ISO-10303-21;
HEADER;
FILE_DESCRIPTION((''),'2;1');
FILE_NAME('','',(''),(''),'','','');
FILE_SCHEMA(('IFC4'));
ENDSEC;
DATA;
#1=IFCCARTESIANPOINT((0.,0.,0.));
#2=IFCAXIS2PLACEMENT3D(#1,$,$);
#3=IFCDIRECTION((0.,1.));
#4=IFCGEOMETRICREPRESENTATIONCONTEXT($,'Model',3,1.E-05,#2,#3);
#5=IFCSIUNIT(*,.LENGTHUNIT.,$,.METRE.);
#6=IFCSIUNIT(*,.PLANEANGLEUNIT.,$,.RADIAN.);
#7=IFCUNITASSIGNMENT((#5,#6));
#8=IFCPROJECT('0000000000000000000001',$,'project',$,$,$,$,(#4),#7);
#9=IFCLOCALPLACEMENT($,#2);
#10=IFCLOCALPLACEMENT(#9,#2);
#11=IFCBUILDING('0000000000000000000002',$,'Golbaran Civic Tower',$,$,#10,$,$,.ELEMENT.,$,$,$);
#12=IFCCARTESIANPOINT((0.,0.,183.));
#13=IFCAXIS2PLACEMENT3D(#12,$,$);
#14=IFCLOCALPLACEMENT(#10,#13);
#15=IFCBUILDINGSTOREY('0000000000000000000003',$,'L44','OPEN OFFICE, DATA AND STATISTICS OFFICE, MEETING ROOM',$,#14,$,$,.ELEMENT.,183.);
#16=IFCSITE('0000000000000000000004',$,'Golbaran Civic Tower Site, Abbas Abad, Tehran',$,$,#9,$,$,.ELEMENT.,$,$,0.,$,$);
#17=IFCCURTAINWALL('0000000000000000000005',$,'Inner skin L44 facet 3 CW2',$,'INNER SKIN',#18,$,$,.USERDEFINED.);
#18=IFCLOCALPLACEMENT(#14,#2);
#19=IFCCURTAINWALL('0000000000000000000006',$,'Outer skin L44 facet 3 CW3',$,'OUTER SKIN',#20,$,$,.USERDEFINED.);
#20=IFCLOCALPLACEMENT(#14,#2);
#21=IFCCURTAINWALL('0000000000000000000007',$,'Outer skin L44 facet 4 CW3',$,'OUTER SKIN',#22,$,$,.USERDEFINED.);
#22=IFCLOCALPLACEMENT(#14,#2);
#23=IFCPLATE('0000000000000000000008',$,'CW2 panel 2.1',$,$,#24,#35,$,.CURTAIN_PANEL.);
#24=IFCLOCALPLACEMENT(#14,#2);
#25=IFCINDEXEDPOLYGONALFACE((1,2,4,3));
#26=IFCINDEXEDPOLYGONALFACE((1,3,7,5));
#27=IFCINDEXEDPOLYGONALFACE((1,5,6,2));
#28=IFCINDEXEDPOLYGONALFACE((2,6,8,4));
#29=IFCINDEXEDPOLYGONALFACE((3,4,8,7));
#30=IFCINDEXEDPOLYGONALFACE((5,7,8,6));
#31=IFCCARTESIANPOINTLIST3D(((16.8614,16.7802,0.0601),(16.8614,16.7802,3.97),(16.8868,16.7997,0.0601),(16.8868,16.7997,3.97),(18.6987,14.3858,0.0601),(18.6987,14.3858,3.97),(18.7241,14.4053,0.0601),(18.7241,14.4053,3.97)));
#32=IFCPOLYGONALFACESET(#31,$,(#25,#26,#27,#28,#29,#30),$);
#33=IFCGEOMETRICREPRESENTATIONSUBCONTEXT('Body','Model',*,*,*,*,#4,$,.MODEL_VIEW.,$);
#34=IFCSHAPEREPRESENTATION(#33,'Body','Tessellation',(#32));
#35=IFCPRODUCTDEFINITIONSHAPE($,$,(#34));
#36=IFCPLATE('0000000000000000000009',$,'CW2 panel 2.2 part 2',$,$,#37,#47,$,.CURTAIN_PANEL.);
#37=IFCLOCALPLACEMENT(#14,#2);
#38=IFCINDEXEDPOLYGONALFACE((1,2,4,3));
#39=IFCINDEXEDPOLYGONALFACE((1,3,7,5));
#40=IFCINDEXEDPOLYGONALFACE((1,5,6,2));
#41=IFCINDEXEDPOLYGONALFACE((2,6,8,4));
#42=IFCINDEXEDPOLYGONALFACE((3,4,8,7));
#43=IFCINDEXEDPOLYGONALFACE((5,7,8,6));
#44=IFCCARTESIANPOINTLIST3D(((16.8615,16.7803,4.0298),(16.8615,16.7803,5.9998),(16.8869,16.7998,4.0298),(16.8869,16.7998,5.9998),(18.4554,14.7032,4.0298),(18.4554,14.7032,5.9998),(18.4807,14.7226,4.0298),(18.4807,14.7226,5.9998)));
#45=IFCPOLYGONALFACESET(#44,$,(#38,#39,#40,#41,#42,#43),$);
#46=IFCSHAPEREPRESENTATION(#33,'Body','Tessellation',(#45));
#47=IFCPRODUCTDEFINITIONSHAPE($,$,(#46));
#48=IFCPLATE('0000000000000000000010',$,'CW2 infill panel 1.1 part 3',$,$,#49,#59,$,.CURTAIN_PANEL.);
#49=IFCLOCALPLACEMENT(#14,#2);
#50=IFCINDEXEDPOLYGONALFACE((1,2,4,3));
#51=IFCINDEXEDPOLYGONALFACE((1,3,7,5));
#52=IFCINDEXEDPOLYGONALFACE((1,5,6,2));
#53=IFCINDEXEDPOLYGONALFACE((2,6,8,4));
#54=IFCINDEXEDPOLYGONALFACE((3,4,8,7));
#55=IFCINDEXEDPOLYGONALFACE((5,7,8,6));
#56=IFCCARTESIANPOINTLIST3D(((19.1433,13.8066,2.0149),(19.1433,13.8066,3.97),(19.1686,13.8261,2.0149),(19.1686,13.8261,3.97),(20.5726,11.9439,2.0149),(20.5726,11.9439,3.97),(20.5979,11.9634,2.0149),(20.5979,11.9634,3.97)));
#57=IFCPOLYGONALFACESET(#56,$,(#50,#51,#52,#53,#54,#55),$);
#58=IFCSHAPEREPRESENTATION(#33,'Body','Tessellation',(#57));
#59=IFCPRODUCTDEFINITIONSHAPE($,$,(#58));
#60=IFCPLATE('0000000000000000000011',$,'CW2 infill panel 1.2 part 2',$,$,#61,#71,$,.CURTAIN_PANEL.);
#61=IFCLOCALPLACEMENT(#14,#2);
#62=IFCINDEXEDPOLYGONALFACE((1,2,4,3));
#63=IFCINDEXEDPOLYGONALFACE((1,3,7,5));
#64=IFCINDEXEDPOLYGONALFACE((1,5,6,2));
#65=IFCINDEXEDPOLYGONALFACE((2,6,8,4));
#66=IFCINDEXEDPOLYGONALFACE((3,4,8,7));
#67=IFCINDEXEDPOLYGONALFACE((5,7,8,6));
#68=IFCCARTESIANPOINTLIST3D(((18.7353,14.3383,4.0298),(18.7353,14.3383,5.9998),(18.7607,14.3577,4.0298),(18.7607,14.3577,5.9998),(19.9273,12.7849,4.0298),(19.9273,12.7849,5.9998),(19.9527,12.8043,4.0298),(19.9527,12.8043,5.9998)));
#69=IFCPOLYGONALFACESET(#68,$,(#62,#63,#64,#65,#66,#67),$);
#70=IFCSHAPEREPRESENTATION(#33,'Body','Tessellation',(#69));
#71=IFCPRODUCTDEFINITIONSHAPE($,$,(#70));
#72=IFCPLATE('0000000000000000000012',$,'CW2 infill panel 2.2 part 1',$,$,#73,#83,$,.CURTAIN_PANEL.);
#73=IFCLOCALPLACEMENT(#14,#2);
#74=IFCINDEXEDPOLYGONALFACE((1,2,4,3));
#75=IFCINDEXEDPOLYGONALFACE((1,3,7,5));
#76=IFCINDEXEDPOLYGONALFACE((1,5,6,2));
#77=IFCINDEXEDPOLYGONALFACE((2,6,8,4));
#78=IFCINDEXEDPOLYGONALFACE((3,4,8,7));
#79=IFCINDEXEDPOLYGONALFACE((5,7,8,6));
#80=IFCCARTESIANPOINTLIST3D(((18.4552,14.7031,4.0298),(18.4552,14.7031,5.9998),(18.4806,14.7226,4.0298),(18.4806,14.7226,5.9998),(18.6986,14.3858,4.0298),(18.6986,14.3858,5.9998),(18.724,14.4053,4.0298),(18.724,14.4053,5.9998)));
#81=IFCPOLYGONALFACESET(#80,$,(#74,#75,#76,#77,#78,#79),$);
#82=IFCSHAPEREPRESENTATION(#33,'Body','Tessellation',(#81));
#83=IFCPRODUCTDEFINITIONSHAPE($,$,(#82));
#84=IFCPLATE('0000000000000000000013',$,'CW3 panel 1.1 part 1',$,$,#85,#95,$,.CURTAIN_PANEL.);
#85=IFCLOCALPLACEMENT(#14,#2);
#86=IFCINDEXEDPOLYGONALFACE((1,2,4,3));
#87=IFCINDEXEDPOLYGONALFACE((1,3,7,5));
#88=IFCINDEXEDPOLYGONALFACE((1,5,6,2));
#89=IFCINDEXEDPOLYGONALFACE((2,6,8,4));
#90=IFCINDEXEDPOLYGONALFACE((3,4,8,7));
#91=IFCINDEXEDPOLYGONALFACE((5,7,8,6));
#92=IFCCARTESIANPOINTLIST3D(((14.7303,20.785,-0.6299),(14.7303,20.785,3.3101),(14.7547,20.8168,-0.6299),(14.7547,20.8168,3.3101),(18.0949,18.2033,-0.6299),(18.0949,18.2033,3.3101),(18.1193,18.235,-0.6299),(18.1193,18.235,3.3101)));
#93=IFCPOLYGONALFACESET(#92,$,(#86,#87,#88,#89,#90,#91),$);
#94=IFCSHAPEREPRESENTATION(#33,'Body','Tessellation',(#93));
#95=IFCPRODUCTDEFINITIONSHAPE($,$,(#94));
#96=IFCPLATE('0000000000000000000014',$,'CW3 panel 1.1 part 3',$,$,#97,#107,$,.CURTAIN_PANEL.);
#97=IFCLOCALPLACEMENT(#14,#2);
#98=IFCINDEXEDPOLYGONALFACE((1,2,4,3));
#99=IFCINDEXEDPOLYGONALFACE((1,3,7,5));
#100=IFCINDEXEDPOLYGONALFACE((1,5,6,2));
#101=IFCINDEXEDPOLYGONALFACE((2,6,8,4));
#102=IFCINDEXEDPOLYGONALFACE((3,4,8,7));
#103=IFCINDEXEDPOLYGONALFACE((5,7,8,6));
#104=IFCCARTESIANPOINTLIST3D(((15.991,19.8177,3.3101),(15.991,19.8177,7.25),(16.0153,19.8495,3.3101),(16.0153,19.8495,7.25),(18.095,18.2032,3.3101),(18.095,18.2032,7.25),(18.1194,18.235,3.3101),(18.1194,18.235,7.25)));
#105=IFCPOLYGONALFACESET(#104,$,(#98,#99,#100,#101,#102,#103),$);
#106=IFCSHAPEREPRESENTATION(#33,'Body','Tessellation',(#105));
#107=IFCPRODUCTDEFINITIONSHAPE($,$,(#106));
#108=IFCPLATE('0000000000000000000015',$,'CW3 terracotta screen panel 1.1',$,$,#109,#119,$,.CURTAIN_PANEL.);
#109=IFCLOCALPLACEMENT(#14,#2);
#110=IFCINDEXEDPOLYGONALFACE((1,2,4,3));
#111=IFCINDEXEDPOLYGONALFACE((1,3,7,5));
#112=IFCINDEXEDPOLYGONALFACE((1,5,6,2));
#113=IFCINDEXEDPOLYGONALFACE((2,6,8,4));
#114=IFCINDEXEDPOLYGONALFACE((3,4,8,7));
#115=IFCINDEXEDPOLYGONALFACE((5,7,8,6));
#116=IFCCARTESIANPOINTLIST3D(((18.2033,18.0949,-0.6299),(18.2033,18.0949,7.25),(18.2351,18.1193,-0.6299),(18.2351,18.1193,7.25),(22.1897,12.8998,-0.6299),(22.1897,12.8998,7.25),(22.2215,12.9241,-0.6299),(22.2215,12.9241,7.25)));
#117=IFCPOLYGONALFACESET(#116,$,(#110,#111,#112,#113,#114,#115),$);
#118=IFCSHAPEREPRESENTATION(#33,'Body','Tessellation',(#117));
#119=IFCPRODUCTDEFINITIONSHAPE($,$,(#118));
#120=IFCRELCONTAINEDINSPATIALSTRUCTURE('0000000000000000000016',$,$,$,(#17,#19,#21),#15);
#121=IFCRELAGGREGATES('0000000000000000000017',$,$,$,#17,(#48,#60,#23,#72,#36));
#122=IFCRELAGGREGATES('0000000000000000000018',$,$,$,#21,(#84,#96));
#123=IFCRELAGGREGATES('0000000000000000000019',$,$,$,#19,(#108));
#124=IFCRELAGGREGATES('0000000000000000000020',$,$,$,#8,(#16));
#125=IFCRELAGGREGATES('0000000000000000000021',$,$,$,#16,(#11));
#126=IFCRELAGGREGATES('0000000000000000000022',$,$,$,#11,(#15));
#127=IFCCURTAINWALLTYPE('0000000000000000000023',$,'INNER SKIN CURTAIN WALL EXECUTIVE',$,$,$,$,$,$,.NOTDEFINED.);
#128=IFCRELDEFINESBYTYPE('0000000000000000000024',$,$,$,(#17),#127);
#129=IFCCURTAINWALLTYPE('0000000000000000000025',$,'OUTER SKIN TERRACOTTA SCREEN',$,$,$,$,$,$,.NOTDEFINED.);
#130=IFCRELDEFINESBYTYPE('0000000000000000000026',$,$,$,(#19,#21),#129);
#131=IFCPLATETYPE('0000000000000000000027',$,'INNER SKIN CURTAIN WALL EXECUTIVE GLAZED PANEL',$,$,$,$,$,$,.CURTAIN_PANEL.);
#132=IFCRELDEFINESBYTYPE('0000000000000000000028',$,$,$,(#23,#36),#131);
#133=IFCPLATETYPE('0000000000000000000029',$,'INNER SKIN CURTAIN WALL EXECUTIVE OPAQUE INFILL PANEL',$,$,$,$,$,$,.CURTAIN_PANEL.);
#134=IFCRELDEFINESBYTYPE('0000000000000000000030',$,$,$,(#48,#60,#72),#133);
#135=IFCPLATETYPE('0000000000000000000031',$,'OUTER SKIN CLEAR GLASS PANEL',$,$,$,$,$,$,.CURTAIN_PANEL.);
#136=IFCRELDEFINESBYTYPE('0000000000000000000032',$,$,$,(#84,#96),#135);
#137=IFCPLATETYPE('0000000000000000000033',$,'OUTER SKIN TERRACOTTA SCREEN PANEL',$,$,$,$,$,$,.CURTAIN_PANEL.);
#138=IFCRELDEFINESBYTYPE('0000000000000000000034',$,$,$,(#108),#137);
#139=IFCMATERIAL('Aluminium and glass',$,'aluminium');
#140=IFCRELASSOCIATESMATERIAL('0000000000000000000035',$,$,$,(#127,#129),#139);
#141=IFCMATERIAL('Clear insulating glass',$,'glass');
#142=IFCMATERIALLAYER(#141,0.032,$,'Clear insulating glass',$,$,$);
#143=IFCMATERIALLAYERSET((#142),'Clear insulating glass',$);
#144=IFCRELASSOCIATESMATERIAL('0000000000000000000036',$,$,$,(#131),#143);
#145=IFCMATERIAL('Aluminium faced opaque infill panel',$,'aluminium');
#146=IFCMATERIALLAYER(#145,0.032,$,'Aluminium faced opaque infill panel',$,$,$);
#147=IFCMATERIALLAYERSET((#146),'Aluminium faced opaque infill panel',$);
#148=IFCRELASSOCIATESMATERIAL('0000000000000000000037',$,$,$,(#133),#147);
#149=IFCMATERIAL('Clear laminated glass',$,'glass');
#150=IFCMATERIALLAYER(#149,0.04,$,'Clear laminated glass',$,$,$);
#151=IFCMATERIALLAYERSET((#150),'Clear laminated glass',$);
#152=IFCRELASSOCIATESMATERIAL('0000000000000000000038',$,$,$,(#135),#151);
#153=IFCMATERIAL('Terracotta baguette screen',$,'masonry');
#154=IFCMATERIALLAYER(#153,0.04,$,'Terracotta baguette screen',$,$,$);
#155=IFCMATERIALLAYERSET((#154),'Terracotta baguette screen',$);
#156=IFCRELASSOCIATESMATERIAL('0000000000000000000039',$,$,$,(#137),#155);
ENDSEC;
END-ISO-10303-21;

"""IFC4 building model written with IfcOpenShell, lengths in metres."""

from ifc_helpers import new_model, si_unit, direction, frame, origin, origin_2d, place, context, subcontext, project, spatial, rectangle, extrude, material, layer, layer_set, type_object, element, aggregate, save


model = new_model("IFC4")

# Units and contexts
model_context = context("Model", 3, precision=1e-05, world=origin(), true_north=direction((0.0, 1.0)))
body_context = subcontext(model_context, "Body", "Model", "MODEL_VIEW")
ifc_project = project(units=[si_unit("LENGTHUNIT", "METRE"), si_unit("PLANEANGLEUNIT", "RADIAN")], contexts=[model_context])

# Site, building, storey
site_placement = place(None, origin())
site = spatial("IfcSite", under=ifc_project, at=site_placement, Name="Golbaran Civic Tower Site, Abbas Abad, Tehran", CompositionType="ELEMENT", RefElevation=0.0)
building_placement = place(site_placement, origin())
building = spatial("IfcBuilding", under=site, at=building_placement, Name="Golbaran Civic Tower", CompositionType="ELEMENT")
storey_placement = place(building_placement, frame((0.0, 0.0, 183.0)))
storey = spatial("IfcBuildingStorey", under=building, at=storey_placement, Name="L44", Description="OPEN OFFICE, DATA AND STATISTICS OFFICE, MEETING ROOM", CompositionType="ELEMENT", Elevation=183.0)

# Curtain wall
ifc_material_1 = material(Name="Aluminium and glass", Category="aluminium")
curtain_wall_type_1 = type_object("IfcCurtainWallType", Name="INNER SKIN CURTAIN WALL EXECUTIVE", PredefinedType="NOTDEFINED", material=ifc_material_1)
curtain_wall_1_placement = place(storey_placement, origin())
curtain_wall_1 = element("IfcCurtainWall", 1, at=curtain_wall_1_placement, inside=storey, type_object=curtain_wall_type_1, Name="Inner skin L44 facet 3 CW2", ObjectType="INNER SKIN", PredefinedType="USERDEFINED")

# Curtain wall
curtain_wall_type_2 = type_object("IfcCurtainWallType", Name="OUTER SKIN TERRACOTTA SCREEN", PredefinedType="NOTDEFINED", material=ifc_material_1)
curtain_wall_2_placement = place(storey_placement, origin())
curtain_wall_2 = element("IfcCurtainWall", 2, at=curtain_wall_2_placement, inside=storey, type_object=curtain_wall_type_2, Name="Outer skin L44 facet 3 CW3", ObjectType="OUTER SKIN", PredefinedType="USERDEFINED")

# Curtain wall
curtain_wall_3_placement = place(storey_placement, origin())
curtain_wall_3 = element("IfcCurtainWall", 3, at=curtain_wall_3_placement, inside=storey, type_object=curtain_wall_type_2, Name="Outer skin L44 facet 4 CW3", ObjectType="OUTER SKIN", PredefinedType="USERDEFINED")

# Plates
ifc_material_2 = material(Name="Clear insulating glass", Category="glass")
ifc_layer_1 = layer(ifc_material_2, 0.032, Name="Clear insulating glass")
ifc_layer_set_1 = layer_set([ifc_layer_1], Name="Clear insulating glass")
plate_type_1 = type_object("IfcPlateType", Name="INNER SKIN CURTAIN WALL EXECUTIVE GLAZED PANEL", PredefinedType="CURTAIN_PANEL", material=ifc_layer_set_1)
plate_1_placement = place(storey_placement, frame((17.7927, 15.5928, 0.0601), z_axis=(0.0, 0.0, 1.0), x_axis=(-0.608761, 0.793353, 0.0)))
plate_1 = element("IfcPlate", 4, at=plate_1_placement, type_object=plate_type_1, Name="CW2 panel 2.1", PredefinedType="CURTAIN_PANEL", context=body_context, shape_type="SweptSolid", body=[
    extrude(rectangle(XDim=3.0181, YDim=0.032, at=origin_2d()), origin(), (0.0, 0.0, 1.0), 3.9099),
])
plate_2_placement = place(storey_placement, frame((17.6711, 15.7515, 4.0298), z_axis=(0.0, 0.0, 1.0), x_axis=(-0.608761, 0.793353, 0.0)))
plate_2 = element("IfcPlate", 5, at=plate_2_placement, type_object=plate_type_1, Name="CW2 panel 2.2 part 2", PredefinedType="CURTAIN_PANEL", context=body_context, shape_type="SweptSolid", body=[
    extrude(rectangle(XDim=2.6182, YDim=0.032, at=origin_2d()), origin(), (0.0, 0.0, 1.0), 1.97),
])
ifc_material_3 = material(Name="Aluminium faced opaque infill panel", Category="aluminium")
ifc_layer_2 = layer(ifc_material_3, 0.032, Name="Aluminium faced opaque infill panel")
ifc_layer_set_2 = layer_set([ifc_layer_2], Name="Aluminium faced opaque infill panel")
plate_type_2 = type_object("IfcPlateType", Name="INNER SKIN CURTAIN WALL EXECUTIVE OPAQUE INFILL PANEL", PredefinedType="CURTAIN_PANEL", material=ifc_layer_set_2)
plate_3_placement = place(storey_placement, frame((19.8706, 12.885, 2.0149), z_axis=(0.0, 0.0, 1.0), x_axis=(-0.608761, 0.793353, 0.0)))
plate_3 = element("IfcPlate", 6, at=plate_3_placement, type_object=plate_type_2, Name="CW2 infill panel 1.1 part 3", PredefinedType="CURTAIN_PANEL", context=body_context, shape_type="SweptSolid", body=[
    extrude(rectangle(XDim=2.3479, YDim=0.032, at=origin_2d()), origin(), (0.0, 0.0, 1.0), 1.9551),
])
plate_4_placement = place(storey_placement, frame((19.344, 13.5713, 4.0298), z_axis=(0.0, 0.0, 1.0), x_axis=(-0.608761, 0.793353, 0.0)))
plate_4 = element("IfcPlate", 7, at=plate_4_placement, type_object=plate_type_2, Name="CW2 infill panel 1.2 part 2", PredefinedType="CURTAIN_PANEL", context=body_context, shape_type="SweptSolid", body=[
    extrude(rectangle(XDim=1.958, YDim=0.032, at=origin_2d()), origin(), (0.0, 0.0, 1.0), 1.97),
])
plate_5_placement = place(storey_placement, frame((18.5896, 14.5542, 4.0298), z_axis=(0.0, 0.0, 1.0), x_axis=(-0.608761, 0.793353, 0.0)))
plate_5 = element("IfcPlate", 8, at=plate_5_placement, type_object=plate_type_2, Name="CW2 infill panel 2.2 part 1", PredefinedType="CURTAIN_PANEL", context=body_context, shape_type="SweptSolid", body=[
    extrude(rectangle(XDim=0.3999, YDim=0.032, at=origin_2d()), origin(), (0.0, 0.0, 1.0), 1.97),
])
aggregate(curtain_wall_1, [plate_3, plate_4, plate_1, plate_5, plate_2])
ifc_material_4 = material(Name="Clear laminated glass", Category="glass")
ifc_layer_3 = layer(ifc_material_4, 0.04, Name="Clear laminated glass")
ifc_layer_set_3 = layer_set([ifc_layer_3], Name="Clear laminated glass")
plate_type_3 = type_object("IfcPlateType", Name="OUTER SKIN CLEAR GLASS PANEL", PredefinedType="CURTAIN_PANEL", material=ifc_layer_set_3)
plate_6_placement = place(storey_placement, frame((16.4248, 19.51, -0.6299), z_axis=(0.0, 0.0, 1.0), x_axis=(-0.793353, 0.608761, 0.0)))
plate_6 = element("IfcPlate", 9, at=plate_6_placement, type_object=plate_type_3, Name="CW3 panel 1.1 part 1", PredefinedType="CURTAIN_PANEL", context=body_context, shape_type="SweptSolid", body=[
    extrude(rectangle(XDim=4.241, YDim=0.04, at=origin_2d()), origin(), (0.0, 0.0, 1.0), 3.9399),
])
plate_7_placement = place(storey_placement, frame((17.0552, 19.0264, 3.3101), z_axis=(0.0, 0.0, 1.0), x_axis=(-0.793353, 0.608761, 0.0)))
plate_7 = element("IfcPlate", 10, at=plate_7_placement, type_object=plate_type_3, Name="CW3 panel 1.1 part 3", PredefinedType="CURTAIN_PANEL", context=body_context, shape_type="SweptSolid", body=[
    extrude(rectangle(XDim=2.6521, YDim=0.04, at=origin_2d()), origin(), (0.0, 0.0, 1.0), 3.9399),
])
aggregate(curtain_wall_3, [plate_6, plate_7])
ifc_material_5 = material(Name="Terracotta baguette screen", Category="masonry")
ifc_layer_4 = layer(ifc_material_5, 0.04, Name="Terracotta baguette screen")
ifc_layer_set_4 = layer_set([ifc_layer_4], Name="Terracotta baguette screen")
plate_type_4 = type_object("IfcPlateType", Name="OUTER SKIN TERRACOTTA SCREEN PANEL", PredefinedType="CURTAIN_PANEL", material=ifc_layer_set_4)
plate_8_placement = place(storey_placement, frame((20.2124, 15.5095, -0.6299), z_axis=(0.0, 0.0, 1.0), x_axis=(-0.608761, 0.793353, 0.0)))
plate_8 = element("IfcPlate", 11, at=plate_8_placement, type_object=plate_type_4, Name="CW3 terracotta screen panel 1.1", PredefinedType="CURTAIN_PANEL", context=body_context, shape_type="SweptSolid", body=[
    extrude(rectangle(XDim=6.5483, YDim=0.04, at=origin_2d()), origin(), (0.0, 0.0, 1.0), 7.8799),
])
aggregate(curtain_wall_2, [plate_8])

save(model, "model.ifc")
